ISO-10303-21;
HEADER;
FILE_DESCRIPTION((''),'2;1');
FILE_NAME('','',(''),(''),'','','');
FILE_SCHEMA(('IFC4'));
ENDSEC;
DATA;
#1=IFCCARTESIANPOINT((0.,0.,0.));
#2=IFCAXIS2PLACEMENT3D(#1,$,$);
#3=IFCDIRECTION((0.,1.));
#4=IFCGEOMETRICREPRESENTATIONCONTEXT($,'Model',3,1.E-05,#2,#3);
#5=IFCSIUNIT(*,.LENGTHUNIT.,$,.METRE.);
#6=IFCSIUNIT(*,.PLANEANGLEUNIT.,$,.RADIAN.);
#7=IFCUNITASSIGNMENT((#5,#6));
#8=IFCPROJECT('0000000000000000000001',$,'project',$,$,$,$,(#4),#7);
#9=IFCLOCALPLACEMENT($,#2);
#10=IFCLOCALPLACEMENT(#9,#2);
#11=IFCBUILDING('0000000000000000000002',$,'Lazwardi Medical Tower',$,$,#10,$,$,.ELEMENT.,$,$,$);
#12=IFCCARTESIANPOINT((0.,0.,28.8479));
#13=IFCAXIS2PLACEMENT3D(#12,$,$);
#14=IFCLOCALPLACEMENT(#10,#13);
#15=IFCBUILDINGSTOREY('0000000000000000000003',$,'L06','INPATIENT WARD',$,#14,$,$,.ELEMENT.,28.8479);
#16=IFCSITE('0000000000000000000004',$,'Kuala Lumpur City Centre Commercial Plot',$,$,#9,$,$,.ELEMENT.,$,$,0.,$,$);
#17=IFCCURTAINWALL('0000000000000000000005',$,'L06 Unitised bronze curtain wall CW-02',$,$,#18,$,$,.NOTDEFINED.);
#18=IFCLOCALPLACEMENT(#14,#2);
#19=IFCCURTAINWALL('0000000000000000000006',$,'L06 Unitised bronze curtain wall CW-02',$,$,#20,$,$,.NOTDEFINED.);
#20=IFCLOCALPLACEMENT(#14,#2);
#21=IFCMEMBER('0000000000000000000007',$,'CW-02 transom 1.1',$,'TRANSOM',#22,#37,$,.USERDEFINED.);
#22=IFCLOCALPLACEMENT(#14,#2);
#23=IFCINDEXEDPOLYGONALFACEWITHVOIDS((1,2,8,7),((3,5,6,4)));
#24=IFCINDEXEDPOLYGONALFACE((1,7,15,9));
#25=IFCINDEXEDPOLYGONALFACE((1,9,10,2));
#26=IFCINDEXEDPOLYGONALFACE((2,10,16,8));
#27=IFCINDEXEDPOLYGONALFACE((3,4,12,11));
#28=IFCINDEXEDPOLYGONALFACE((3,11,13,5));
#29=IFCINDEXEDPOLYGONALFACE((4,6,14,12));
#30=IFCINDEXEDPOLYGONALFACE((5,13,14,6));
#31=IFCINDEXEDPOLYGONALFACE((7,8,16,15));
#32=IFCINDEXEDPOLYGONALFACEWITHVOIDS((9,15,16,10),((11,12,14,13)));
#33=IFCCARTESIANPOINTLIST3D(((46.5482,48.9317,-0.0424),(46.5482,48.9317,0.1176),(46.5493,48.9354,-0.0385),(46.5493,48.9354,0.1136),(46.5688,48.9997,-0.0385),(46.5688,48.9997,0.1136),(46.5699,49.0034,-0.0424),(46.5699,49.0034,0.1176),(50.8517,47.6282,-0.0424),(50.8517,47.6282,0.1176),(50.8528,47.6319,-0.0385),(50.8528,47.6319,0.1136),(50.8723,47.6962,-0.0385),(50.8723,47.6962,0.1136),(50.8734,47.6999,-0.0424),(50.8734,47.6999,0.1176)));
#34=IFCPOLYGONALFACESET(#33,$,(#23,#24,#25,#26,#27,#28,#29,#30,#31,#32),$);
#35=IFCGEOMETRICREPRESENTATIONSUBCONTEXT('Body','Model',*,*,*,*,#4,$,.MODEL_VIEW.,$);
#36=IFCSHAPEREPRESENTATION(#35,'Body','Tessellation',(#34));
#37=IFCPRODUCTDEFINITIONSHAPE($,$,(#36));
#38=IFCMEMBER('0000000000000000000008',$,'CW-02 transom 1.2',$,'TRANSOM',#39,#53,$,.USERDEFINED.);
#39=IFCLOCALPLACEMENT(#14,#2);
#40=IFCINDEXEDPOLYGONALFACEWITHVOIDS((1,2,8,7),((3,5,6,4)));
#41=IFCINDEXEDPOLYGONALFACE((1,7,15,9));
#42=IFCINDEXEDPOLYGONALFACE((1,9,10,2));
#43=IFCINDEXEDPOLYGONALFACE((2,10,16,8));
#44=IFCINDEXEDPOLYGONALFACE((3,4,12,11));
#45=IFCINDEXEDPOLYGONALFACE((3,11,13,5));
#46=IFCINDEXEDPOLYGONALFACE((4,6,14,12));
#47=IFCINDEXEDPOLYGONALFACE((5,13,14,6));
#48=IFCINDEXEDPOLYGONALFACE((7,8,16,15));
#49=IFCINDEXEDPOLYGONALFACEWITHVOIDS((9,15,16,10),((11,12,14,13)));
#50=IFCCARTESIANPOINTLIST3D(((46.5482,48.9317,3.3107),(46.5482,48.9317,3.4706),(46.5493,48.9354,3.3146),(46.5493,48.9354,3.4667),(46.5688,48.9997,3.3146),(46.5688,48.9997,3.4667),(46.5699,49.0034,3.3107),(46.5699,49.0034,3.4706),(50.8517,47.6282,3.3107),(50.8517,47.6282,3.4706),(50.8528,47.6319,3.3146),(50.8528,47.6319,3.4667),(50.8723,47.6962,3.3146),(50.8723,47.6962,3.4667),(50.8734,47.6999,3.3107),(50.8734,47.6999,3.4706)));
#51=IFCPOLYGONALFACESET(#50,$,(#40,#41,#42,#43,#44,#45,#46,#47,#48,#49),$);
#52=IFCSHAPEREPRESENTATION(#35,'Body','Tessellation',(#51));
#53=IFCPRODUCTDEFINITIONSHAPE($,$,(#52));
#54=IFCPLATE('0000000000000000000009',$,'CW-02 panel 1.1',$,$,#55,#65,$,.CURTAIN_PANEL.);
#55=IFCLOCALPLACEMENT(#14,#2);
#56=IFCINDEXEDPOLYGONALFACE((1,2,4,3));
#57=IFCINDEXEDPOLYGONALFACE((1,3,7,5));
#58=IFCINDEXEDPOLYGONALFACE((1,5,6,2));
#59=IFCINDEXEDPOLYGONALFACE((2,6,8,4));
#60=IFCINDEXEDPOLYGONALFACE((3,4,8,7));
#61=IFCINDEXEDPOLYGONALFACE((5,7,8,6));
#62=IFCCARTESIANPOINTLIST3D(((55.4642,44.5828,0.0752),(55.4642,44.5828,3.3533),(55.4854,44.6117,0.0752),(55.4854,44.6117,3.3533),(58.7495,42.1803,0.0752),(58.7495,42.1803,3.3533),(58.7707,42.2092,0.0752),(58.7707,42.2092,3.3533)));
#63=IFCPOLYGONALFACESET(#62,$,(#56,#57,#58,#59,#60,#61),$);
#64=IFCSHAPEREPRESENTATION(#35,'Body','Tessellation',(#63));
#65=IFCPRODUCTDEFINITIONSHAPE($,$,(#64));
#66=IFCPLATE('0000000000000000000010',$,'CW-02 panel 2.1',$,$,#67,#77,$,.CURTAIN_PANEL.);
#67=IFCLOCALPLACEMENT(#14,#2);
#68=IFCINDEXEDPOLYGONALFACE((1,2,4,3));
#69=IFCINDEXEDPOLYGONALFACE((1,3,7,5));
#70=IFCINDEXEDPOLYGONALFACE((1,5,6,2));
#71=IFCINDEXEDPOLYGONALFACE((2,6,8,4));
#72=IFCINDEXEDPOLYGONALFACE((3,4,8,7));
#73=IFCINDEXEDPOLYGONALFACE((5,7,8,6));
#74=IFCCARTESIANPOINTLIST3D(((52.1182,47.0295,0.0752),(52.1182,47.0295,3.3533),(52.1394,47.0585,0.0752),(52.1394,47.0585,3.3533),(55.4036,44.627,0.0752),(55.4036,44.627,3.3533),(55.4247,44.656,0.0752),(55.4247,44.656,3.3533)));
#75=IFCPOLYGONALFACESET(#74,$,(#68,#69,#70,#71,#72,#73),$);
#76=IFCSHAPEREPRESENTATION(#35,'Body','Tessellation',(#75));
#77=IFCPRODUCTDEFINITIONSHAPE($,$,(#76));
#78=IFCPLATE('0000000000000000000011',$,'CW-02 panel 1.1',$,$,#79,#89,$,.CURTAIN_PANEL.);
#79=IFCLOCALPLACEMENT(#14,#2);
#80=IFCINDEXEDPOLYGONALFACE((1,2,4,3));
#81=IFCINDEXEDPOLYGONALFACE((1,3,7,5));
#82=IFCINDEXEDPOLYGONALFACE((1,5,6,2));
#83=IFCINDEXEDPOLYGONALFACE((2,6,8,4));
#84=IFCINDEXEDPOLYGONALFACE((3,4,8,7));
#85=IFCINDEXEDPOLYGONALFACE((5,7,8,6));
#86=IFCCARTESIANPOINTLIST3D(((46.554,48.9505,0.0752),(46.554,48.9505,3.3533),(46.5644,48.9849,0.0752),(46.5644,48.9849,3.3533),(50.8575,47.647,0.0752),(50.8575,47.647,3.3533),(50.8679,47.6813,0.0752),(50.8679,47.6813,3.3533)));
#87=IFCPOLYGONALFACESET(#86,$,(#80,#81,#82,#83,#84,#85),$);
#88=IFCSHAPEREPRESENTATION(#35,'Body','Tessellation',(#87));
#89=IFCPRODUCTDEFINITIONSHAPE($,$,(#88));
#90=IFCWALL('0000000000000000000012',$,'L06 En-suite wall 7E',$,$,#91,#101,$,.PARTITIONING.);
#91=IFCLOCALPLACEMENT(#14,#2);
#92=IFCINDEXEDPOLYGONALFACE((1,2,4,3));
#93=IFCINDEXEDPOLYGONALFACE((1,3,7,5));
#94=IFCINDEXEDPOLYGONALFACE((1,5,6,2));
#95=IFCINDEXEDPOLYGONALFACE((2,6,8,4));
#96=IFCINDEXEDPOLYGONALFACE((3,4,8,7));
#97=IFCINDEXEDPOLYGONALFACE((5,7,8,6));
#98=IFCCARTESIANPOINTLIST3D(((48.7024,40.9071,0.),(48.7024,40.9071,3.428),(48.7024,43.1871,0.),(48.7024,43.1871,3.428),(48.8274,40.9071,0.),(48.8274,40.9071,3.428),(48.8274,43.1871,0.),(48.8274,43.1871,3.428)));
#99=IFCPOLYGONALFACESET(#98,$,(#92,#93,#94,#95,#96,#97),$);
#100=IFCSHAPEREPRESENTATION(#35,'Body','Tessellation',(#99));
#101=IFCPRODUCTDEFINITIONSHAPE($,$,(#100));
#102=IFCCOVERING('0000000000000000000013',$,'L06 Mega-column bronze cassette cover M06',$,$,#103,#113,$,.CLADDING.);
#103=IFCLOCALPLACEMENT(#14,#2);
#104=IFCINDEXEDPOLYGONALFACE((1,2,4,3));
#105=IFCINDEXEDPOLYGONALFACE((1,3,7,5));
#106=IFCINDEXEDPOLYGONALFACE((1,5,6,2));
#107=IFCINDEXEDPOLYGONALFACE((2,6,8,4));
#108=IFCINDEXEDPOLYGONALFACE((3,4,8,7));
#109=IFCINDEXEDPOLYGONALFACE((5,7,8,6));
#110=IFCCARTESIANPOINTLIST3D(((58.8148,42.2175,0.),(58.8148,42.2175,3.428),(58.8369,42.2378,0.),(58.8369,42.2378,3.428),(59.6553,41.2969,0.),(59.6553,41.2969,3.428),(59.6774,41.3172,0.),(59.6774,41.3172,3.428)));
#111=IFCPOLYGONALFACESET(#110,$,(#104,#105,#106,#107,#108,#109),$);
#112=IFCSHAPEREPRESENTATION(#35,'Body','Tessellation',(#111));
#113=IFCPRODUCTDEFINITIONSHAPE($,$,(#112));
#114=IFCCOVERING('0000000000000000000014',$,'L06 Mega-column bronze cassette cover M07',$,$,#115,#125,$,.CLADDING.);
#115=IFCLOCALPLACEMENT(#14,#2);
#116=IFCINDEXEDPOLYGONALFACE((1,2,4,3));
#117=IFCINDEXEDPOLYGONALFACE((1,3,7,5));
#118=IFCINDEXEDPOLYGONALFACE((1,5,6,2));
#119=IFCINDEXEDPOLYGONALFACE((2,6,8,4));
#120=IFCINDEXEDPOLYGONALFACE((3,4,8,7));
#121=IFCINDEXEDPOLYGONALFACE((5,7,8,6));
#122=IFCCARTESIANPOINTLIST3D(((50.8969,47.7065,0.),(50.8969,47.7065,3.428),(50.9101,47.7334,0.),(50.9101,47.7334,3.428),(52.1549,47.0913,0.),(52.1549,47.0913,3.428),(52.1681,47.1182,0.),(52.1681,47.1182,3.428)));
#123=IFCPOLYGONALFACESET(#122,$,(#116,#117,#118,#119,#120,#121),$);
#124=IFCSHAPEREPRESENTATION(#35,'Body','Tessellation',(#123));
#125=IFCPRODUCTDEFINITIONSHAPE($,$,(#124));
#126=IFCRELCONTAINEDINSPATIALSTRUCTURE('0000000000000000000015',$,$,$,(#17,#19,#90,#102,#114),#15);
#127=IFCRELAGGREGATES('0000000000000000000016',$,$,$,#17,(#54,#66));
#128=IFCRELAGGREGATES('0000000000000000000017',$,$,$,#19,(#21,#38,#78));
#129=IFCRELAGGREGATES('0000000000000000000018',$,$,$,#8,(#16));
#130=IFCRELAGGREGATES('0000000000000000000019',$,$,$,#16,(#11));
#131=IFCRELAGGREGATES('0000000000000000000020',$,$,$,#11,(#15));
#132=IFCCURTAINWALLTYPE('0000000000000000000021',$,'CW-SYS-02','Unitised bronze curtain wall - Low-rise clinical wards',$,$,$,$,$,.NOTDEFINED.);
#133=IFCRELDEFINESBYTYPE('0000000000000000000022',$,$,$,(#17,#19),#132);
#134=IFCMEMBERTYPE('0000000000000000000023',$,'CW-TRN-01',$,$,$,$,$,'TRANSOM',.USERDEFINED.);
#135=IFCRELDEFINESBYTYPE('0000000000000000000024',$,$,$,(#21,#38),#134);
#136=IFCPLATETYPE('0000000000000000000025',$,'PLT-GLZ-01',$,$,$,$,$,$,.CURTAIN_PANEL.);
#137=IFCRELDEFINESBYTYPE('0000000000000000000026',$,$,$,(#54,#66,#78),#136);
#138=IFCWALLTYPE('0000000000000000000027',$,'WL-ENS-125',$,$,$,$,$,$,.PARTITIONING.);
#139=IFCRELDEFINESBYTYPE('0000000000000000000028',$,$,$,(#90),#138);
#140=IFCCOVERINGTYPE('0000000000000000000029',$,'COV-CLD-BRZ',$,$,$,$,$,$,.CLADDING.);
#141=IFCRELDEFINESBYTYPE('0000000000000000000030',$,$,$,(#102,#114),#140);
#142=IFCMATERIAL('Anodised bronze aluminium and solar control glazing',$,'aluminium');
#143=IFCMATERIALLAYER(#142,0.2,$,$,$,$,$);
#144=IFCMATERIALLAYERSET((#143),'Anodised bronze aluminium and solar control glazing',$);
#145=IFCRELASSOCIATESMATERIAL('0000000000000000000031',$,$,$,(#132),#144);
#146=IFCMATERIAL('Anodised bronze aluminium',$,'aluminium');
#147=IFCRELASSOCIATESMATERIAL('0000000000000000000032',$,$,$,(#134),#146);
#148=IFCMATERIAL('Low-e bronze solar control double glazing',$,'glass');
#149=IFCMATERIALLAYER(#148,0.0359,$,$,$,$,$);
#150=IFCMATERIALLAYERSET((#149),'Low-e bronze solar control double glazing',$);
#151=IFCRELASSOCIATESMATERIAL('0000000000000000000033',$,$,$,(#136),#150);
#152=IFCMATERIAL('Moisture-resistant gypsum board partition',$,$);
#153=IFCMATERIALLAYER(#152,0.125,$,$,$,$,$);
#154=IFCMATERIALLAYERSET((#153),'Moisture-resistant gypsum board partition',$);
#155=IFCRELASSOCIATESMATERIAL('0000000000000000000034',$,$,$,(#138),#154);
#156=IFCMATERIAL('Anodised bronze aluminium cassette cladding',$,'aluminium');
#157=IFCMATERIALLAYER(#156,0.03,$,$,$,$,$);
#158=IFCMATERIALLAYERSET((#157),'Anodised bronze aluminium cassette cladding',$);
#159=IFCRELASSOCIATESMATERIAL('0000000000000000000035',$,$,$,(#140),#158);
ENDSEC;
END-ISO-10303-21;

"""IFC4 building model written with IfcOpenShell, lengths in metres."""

from ifc_helpers import new_model, si_unit, direction, frame, frame_2d, origin, origin_2d, place, context, subcontext, project, spatial, rectangle, hollow_rectangle, extrude, material, layer, layer_set, material_profile, profile_set, type_object, element, aggregate, save


model = new_model("IFC4")

# Units and contexts
model_context = context("Model", 3, precision=1e-05, world=origin(), true_north=direction((0.0, 1.0)))
body_context = subcontext(model_context, "Body", "Model", "MODEL_VIEW")
ifc_project = project(units=[si_unit("LENGTHUNIT", "METRE"), si_unit("PLANEANGLEUNIT", "RADIAN")], contexts=[model_context])

# Site, building, storey
site_placement = place(None, origin())
site = spatial("IfcSite", under=ifc_project, at=site_placement, Name="Kuala Lumpur City Centre Commercial Plot", CompositionType="ELEMENT", RefElevation=0.0)
building_placement = place(site_placement, origin())
building = spatial("IfcBuilding", under=site, at=building_placement, Name="Lazwardi Medical Tower", CompositionType="ELEMENT")
storey_placement = place(building_placement, frame((0.0, 0.0, 28.8479)))
storey = spatial("IfcBuildingStorey", under=building, at=storey_placement, Name="L06", Description="INPATIENT WARD", CompositionType="ELEMENT", Elevation=28.8479)

# Shared definitions
ifc_material_1 = material(Name="Anodised bronze aluminium and solar control glazing", Category="aluminium")
ifc_layer_1 = layer(ifc_material_1, 0.2)
ifc_layer_set_1 = layer_set([ifc_layer_1], Name="Anodised bronze aluminium and solar control glazing")
curtain_wall_type = type_object("IfcCurtainWallType", Name="CW-SYS-02", Description="Unitised bronze curtain wall - Low-rise clinical wards", PredefinedType="NOTDEFINED", material=ifc_layer_set_1)
ifc_material_2 = material(Name="Anodised bronze aluminium", Category="aluminium")

# Curtain wall
curtain_wall_1_placement = place(storey_placement, origin())
curtain_wall_1 = element("IfcCurtainWall", 1, at=curtain_wall_1_placement, inside=storey, type_object=curtain_wall_type, Name="L06 Unitised bronze curtain wall CW-02", PredefinedType="NOTDEFINED")

# Curtain wall
curtain_wall_2_placement = place(storey_placement, origin())
curtain_wall_2 = element("IfcCurtainWall", 2, at=curtain_wall_2_placement, inside=storey, type_object=curtain_wall_type, Name="L06 Unitised bronze curtain wall CW-02", PredefinedType="NOTDEFINED")

# Members
ifc_material_profile_1 = material_profile(ifc_material_2, hollow_rectangle(XDim=0.075, YDim=0.1599, WallThickness=0.0039, at=origin_2d()), Name="ALU-TRANSOM 160x75x4")
ifc_profile_set_1 = profile_set([ifc_material_profile_1], Name="Anodised bronze aluminium")
member_type_1 = type_object("IfcMemberType", Name="CW-TRN-01", ElementType="TRANSOM", PredefinedType="USERDEFINED", material=ifc_profile_set_1)
member_1_placement = place(storey_placement, frame((50.8625, 47.6641, 0.0376), z_axis=(-0.957062, 0.289882, 0.0), x_axis=(-0.289882, -0.957062, 0.0)))
member_1 = element("IfcMember", 3, at=member_1_placement, type_object=member_type_1, Name="CW-02 transom 1.1", ObjectType="TRANSOM", PredefinedType="USERDEFINED", context=body_context, shape_type="SweptSolid", body=[
    extrude(hollow_rectangle(XDim=0.075, YDim=0.1599, WallThickness=0.0039, at=origin_2d()), origin(), (0.0, 0.0, 1.0), 4.4966),
])
member_2_placement = place(storey_placement, frame((50.8625, 47.6641, 3.3906), z_axis=(-0.957062, 0.289882, 0.0), x_axis=(-0.289882, -0.957062, 0.0)))
member_2 = element("IfcMember", 4, at=member_2_placement, type_object=member_type_1, Name="CW-02 transom 1.2", ObjectType="TRANSOM", PredefinedType="USERDEFINED", context=body_context, shape_type="SweptSolid", body=[
    extrude(hollow_rectangle(XDim=0.075, YDim=0.1599, WallThickness=0.0039, at=origin_2d()), origin(), (0.0, 0.0, 1.0), 4.4966),
])

# Plates
ifc_material_3 = material(Name="Low-e bronze solar control double glazing", Category="glass")
ifc_layer_2 = layer(ifc_material_3, 0.0359)
ifc_layer_set_2 = layer_set([ifc_layer_2], Name="Low-e bronze solar control double glazing")
plate_type = type_object("IfcPlateType", Name="PLT-GLZ-01", PredefinedType="CURTAIN_PANEL", material=ifc_layer_set_2)
plate_1_placement = place(storey_placement, frame((57.1174, 43.396, 0.0752), z_axis=(0.0, 0.0, 1.0), x_axis=(-0.807192, 0.590289, 0.0)))
plate_1 = element("IfcPlate", 5, at=plate_1_placement, type_object=plate_type, Name="CW-02 panel 1.1", PredefinedType="CURTAIN_PANEL", context=body_context, shape_type="SweptSolid", body=[
    extrude(rectangle(XDim=4.0701, YDim=0.0359, at=origin_2d()), origin(), (0.0, 0.0, 1.0), 3.2781),
])
plate_2_placement = place(storey_placement, frame((53.7715, 45.8428, 0.0752), z_axis=(0.0, 0.0, 1.0), x_axis=(-0.807192, 0.590289, 0.0)))
plate_2 = element("IfcPlate", 6, at=plate_2_placement, type_object=plate_type, Name="CW-02 panel 2.1", PredefinedType="CURTAIN_PANEL", context=body_context, shape_type="SweptSolid", body=[
    extrude(rectangle(XDim=4.0701, YDim=0.0359, at=origin_2d()), origin(), (0.0, 0.0, 1.0), 3.2781),
])
aggregate(curtain_wall_1, [plate_1, plate_2])
plate_3_placement = place(storey_placement, frame((48.7109, 48.3159, 0.0752), z_axis=(0.0, 0.0, 1.0), x_axis=(-0.957058, 0.289896, 0.0)))
plate_3 = element("IfcPlate", 7, at=plate_3_placement, type_object=plate_type, Name="CW-02 panel 1.1", PredefinedType="CURTAIN_PANEL", context=body_context, shape_type="SweptSolid", body=[
    extrude(rectangle(XDim=4.4966, YDim=0.0359, at=origin_2d()), origin(), (0.0, 0.0, 1.0), 3.2781),
])
aggregate(curtain_wall_2, [member_1, member_2, plate_3])

# Wall
ifc_material_4 = material(Name="Moisture-resistant gypsum board partition")
ifc_layer_3 = layer(ifc_material_4, 0.125)
ifc_layer_set_3 = layer_set([ifc_layer_3], Name="Moisture-resistant gypsum board partition")
wall_type = type_object("IfcWallType", Name="WL-ENS-125", PredefinedType="PARTITIONING", material=ifc_layer_set_3)
wall_placement = place(storey_placement, frame((48.7649, 40.907, 0.0), z_axis=(0.0, 0.0, 1.0), x_axis=(0.0, 1.0, 0.0)))
element("IfcWall", 8, at=wall_placement, inside=storey, type_object=wall_type, Name="L06 En-suite wall 7E", PredefinedType="PARTITIONING", context=body_context, shape_type="SweptSolid", body=[
    extrude(rectangle(XDim=2.28, YDim=0.125, at=frame_2d((1.1401, 0.0))), origin(), (0.0, 0.0, 1.0), 3.428),
])

# Coverings
ifc_material_5 = material(Name="Anodised bronze aluminium cassette cladding", Category="aluminium")
ifc_layer_4 = layer(ifc_material_5, 0.03)
ifc_layer_set_4 = layer_set([ifc_layer_4], Name="Anodised bronze aluminium cassette cladding")
covering_type = type_object("IfcCoveringType", Name="COV-CLD-BRZ", PredefinedType="CLADDING", material=ifc_layer_set_4)
covering_1_placement = place(storey_placement, frame((59.2461, 41.7673, 0.0), z_axis=(0.0, 0.0, 1.0), x_axis=(-0.674252, 0.738501, 0.0)))
element("IfcCovering", 9, at=covering_1_placement, inside=storey, type_object=covering_type, Name="L06 Mega-column bronze cassette cover M06", PredefinedType="CLADDING", context=body_context, shape_type="SweptSolid", body=[
    extrude(rectangle(XDim=1.2466, YDim=0.03, at=origin_2d()), origin(), (0.0, 0.0, 1.0), 3.428),
])
covering_2_placement = place(storey_placement, frame((51.5325, 47.4124, 0.0), z_axis=(0.0, 0.0, 1.0), x_axis=(-0.898334, 0.439312, 0.0)))
element("IfcCovering", 10, at=covering_2_placement, inside=storey, type_object=covering_type, Name="L06 Mega-column bronze cassette cover M07", PredefinedType="CLADDING", context=body_context, shape_type="SweptSolid", body=[
    extrude(rectangle(XDim=1.4004, YDim=0.03, at=origin_2d()), origin(), (0.0, 0.0, 1.0), 3.428),
])

save(model, "model.ifc")
